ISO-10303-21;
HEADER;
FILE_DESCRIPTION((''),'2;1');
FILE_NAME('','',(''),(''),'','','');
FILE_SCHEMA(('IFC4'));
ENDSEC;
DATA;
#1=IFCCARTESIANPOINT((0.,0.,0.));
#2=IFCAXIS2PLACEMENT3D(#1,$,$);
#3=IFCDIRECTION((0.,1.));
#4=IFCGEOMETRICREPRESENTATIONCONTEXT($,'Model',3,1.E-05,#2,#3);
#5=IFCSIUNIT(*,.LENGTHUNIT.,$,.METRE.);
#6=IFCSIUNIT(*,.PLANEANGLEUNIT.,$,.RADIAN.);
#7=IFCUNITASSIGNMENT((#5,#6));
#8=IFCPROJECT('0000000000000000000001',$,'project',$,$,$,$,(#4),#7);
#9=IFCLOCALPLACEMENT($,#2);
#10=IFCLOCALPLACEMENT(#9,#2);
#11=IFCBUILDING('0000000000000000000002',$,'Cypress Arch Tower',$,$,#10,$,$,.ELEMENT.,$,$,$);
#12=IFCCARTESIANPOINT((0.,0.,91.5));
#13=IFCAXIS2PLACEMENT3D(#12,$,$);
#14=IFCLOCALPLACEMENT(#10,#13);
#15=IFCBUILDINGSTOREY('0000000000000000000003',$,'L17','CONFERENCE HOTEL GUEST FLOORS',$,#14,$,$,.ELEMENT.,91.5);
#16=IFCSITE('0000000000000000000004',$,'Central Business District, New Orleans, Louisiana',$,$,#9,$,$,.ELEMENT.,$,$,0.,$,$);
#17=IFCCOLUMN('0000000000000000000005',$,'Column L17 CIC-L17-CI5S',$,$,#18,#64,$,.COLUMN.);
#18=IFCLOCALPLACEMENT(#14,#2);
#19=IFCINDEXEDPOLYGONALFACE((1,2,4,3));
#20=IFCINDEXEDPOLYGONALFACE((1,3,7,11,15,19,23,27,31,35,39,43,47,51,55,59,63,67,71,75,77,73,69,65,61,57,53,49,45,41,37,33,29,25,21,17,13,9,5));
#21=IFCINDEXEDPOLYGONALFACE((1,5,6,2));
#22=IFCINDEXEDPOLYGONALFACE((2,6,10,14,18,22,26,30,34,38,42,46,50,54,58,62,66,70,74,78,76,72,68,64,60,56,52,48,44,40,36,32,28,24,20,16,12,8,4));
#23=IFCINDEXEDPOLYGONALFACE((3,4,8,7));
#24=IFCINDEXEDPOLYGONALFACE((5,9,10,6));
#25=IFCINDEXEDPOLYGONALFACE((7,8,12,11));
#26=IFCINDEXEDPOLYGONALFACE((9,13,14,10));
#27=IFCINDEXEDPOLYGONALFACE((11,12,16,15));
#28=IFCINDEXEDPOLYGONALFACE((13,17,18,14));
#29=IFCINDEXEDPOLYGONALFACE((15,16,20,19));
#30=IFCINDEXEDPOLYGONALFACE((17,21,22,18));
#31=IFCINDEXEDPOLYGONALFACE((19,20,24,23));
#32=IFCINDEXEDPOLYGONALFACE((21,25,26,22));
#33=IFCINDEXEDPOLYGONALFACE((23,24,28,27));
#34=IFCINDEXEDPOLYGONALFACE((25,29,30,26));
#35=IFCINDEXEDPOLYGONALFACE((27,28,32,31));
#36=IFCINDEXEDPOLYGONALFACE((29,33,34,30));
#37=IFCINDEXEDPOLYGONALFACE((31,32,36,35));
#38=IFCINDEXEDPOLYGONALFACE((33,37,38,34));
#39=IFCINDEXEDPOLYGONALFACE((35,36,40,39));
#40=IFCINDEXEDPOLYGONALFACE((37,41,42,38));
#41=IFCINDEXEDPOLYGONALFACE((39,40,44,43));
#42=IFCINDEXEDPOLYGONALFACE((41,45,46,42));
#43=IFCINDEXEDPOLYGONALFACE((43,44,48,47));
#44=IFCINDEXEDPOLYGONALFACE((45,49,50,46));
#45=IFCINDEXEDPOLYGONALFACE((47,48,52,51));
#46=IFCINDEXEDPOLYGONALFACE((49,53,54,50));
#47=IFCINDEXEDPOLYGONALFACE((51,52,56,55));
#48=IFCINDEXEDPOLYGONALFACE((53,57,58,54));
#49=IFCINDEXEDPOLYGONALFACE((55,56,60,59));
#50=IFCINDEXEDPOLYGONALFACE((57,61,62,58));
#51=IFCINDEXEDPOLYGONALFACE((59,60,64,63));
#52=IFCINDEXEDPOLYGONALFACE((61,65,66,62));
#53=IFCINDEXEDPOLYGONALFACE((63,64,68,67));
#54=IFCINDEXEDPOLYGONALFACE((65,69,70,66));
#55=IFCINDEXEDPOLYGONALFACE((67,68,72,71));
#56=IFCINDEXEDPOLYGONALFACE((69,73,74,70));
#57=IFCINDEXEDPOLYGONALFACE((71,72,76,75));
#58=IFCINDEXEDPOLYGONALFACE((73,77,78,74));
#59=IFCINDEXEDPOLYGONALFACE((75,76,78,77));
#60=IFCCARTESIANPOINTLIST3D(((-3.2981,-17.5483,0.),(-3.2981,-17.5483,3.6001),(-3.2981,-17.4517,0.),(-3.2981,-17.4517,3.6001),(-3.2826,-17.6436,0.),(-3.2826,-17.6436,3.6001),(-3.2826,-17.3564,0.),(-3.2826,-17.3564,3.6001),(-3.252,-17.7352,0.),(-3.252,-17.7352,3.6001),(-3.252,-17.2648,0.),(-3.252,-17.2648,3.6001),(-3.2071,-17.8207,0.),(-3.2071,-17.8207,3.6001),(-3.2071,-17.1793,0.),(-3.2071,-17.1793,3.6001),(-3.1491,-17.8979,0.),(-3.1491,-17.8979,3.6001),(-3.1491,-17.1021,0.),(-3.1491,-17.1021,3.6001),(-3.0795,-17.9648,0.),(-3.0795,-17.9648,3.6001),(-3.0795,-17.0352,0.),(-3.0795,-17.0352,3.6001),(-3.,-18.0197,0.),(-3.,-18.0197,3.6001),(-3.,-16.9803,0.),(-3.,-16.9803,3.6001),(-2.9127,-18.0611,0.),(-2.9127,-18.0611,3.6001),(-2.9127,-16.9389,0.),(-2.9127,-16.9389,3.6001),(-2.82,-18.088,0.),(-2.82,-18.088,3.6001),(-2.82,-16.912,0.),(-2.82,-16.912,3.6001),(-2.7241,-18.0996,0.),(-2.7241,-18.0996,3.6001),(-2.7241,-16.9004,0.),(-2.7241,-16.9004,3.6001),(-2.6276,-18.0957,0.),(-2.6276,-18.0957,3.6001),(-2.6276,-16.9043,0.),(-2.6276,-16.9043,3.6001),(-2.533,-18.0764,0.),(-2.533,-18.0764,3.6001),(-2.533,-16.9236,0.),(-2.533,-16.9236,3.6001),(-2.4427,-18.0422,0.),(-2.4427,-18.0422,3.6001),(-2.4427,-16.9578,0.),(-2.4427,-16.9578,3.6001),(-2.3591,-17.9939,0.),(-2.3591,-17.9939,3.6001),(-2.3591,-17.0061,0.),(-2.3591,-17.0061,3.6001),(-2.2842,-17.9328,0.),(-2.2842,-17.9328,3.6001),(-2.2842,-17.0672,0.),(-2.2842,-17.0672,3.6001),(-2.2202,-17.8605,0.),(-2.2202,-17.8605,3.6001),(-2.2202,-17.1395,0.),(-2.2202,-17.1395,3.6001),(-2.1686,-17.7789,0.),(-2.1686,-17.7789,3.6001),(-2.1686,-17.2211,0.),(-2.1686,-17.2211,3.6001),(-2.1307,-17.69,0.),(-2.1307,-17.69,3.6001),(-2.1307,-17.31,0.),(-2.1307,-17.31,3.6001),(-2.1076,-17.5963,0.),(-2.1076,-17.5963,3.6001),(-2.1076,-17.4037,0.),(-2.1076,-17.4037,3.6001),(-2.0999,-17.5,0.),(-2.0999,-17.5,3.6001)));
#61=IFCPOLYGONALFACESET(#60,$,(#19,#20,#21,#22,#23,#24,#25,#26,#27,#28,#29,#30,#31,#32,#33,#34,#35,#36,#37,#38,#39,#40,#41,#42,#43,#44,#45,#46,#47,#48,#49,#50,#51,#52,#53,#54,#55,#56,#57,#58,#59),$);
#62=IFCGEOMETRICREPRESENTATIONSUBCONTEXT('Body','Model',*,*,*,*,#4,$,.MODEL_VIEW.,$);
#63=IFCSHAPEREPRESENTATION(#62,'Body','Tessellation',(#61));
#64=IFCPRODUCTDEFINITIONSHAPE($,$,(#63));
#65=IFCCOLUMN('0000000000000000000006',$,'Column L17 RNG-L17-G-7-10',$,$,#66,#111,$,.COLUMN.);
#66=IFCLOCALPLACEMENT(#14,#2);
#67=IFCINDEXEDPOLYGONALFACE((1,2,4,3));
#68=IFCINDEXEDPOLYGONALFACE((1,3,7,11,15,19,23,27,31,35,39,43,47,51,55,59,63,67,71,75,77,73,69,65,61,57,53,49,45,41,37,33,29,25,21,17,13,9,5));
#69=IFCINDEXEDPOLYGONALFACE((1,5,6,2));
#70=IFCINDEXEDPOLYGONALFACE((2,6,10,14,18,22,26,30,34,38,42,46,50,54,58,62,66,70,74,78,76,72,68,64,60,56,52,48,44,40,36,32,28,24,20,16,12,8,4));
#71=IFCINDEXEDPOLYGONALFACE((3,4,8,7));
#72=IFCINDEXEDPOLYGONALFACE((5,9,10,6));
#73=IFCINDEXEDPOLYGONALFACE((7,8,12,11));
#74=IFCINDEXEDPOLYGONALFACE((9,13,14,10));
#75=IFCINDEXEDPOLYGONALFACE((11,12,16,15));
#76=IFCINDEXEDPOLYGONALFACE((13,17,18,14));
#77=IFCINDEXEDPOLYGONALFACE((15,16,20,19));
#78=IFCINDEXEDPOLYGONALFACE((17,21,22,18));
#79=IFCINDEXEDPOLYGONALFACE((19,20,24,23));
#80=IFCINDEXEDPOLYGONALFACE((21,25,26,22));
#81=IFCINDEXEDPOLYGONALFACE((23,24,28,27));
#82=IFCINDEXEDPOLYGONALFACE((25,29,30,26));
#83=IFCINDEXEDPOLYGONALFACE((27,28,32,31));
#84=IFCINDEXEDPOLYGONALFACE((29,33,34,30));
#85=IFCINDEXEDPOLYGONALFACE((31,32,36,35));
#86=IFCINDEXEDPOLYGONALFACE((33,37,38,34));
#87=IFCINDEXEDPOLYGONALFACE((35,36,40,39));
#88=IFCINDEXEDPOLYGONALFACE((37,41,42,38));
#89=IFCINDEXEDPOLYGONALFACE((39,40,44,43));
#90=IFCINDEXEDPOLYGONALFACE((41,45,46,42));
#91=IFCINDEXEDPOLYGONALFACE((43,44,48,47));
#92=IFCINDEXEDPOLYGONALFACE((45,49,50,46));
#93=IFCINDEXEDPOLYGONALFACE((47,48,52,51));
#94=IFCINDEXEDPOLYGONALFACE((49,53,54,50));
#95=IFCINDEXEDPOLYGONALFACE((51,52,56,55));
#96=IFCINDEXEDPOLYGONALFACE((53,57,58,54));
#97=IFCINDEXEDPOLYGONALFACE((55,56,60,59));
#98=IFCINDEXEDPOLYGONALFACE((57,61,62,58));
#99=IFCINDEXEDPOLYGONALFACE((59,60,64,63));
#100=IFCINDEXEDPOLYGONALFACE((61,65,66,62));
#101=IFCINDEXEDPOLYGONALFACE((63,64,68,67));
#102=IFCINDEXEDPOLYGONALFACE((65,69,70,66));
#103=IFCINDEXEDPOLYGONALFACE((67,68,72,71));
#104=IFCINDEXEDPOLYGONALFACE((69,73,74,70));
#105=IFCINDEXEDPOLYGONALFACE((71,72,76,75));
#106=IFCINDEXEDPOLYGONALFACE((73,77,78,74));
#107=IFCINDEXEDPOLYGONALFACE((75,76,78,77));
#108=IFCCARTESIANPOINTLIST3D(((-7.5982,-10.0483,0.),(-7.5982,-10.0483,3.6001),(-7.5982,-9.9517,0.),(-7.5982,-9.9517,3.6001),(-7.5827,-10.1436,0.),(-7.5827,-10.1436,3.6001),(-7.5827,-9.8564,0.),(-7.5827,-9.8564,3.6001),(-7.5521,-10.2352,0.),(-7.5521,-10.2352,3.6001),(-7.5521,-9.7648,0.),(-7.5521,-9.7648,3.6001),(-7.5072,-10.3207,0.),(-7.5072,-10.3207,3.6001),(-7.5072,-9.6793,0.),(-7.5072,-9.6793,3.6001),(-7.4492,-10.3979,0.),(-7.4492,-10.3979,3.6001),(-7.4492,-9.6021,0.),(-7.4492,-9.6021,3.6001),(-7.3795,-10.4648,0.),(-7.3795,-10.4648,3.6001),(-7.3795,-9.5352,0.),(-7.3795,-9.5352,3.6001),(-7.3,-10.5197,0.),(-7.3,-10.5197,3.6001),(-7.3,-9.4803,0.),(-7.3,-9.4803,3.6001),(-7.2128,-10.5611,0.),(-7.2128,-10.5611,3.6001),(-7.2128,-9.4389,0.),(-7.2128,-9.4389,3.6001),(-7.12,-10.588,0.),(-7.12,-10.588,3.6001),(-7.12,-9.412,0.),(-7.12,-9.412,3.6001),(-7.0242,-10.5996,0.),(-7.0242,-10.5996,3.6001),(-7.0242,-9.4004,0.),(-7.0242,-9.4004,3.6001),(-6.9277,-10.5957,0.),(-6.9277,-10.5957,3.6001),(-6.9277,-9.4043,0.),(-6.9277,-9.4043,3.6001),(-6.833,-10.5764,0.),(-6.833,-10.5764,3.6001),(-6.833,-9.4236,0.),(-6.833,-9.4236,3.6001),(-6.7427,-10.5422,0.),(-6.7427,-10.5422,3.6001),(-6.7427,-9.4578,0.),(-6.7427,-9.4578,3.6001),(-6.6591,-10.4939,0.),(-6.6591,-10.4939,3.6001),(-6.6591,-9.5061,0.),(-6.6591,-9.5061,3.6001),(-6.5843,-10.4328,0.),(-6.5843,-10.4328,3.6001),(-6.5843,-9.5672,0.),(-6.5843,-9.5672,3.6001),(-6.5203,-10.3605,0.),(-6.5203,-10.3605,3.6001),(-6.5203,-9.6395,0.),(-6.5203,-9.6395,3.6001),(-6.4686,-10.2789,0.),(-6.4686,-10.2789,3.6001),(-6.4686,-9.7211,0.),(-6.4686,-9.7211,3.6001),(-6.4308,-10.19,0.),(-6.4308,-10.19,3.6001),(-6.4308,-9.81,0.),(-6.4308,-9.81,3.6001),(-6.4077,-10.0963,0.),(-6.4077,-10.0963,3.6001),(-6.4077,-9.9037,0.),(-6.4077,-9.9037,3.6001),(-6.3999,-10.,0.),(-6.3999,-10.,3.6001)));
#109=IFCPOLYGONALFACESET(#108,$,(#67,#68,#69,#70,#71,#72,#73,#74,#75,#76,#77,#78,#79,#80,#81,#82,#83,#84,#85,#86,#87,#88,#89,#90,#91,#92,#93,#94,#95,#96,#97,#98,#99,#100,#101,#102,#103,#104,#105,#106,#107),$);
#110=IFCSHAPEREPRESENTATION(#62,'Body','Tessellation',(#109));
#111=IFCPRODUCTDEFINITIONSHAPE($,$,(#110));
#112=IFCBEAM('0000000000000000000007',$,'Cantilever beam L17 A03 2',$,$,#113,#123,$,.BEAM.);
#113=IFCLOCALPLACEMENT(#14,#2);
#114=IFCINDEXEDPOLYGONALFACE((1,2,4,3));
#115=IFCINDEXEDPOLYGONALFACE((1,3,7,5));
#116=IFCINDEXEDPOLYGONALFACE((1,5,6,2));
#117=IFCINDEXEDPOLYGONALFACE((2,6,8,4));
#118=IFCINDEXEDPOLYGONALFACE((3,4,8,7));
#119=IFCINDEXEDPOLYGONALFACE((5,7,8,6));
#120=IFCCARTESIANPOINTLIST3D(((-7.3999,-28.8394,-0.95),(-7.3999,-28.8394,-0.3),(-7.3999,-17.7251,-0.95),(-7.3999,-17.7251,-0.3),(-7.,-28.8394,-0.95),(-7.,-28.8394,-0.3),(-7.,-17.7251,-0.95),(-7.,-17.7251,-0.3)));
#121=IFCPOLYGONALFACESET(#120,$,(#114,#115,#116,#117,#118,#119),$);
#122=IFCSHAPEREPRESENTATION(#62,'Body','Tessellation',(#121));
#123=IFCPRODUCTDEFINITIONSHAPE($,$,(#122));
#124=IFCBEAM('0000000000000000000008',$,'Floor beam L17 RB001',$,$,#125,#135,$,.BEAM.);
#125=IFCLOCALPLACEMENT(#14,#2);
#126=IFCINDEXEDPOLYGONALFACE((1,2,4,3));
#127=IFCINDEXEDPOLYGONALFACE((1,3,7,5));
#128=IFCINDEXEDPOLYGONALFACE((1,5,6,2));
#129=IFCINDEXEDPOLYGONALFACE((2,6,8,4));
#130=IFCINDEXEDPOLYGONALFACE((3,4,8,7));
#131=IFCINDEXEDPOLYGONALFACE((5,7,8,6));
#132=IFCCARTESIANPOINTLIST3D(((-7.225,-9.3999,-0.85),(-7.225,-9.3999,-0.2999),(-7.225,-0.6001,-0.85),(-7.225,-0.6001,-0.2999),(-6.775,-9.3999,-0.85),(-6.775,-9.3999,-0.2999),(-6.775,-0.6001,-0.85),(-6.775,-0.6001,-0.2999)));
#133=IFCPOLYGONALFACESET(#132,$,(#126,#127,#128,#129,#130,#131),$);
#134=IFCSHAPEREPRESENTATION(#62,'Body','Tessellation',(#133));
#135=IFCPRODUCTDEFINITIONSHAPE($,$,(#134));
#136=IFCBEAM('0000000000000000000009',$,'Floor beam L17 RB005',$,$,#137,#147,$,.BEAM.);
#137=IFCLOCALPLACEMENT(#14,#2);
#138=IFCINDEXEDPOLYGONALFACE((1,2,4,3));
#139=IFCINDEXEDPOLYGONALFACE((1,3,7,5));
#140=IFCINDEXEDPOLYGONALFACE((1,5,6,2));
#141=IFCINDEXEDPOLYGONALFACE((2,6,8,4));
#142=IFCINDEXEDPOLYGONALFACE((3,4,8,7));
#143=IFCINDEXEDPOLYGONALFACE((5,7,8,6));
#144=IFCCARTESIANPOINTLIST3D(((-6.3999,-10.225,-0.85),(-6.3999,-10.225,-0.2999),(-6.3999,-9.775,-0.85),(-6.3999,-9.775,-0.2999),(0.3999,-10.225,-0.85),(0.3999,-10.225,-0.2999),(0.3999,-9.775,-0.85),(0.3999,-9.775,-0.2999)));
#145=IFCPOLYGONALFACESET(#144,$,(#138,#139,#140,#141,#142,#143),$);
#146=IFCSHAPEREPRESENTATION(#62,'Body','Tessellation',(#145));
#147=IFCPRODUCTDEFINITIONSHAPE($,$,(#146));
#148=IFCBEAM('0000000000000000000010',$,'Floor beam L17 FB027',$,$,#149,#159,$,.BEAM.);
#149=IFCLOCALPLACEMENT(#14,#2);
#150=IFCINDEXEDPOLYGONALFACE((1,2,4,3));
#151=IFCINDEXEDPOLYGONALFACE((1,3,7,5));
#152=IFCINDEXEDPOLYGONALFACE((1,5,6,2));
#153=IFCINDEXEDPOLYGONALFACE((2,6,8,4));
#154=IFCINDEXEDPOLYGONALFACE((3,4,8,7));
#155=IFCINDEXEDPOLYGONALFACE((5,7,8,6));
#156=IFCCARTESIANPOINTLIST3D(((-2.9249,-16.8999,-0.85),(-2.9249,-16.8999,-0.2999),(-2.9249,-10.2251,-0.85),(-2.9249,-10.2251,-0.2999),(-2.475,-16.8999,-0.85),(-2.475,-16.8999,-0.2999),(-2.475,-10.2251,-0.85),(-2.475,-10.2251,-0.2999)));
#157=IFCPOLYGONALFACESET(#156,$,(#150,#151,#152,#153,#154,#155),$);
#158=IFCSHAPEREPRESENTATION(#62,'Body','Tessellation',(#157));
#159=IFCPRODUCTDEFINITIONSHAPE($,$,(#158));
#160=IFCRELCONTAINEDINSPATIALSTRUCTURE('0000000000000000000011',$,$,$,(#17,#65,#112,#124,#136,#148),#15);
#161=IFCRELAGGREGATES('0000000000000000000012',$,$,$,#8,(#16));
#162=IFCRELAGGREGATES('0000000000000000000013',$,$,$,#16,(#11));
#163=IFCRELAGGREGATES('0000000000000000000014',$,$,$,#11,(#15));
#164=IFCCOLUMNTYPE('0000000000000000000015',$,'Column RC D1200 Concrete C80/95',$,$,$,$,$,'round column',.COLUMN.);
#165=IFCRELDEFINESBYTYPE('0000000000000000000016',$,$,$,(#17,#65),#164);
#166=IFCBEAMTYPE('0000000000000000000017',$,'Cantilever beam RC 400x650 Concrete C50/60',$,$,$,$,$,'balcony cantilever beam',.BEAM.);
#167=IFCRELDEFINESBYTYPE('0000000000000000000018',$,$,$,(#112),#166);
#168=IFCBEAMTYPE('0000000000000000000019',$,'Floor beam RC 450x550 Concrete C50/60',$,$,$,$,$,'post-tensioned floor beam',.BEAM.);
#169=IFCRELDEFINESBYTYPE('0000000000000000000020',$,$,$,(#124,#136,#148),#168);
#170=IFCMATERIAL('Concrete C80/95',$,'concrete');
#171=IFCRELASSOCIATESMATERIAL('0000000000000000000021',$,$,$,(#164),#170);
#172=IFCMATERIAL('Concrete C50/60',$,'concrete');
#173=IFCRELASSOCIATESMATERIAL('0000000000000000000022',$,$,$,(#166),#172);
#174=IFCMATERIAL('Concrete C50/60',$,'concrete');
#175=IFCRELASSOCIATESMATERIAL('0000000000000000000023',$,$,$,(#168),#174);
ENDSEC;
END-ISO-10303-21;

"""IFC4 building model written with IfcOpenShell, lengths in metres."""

from ifc_helpers import new_model, si_unit, direction, frame, origin, origin_2d, place, context, subcontext, project, spatial, rectangle, circle, extrude, material, material_profile, profile_set, type_object, element, save


model = new_model("IFC4")

# Units and contexts
model_context = context("Model", 3, precision=1e-05, world=origin(), true_north=direction((0.0, 1.0)))
body_context = subcontext(model_context, "Body", "Model", "MODEL_VIEW")
ifc_project = project(units=[si_unit("LENGTHUNIT", "METRE"), si_unit("PLANEANGLEUNIT", "RADIAN")], contexts=[model_context])

# Site, building, storey
site_placement = place(None, origin())
site = spatial("IfcSite", under=ifc_project, at=site_placement, Name="Central Business District, New Orleans, Louisiana", CompositionType="ELEMENT", RefElevation=0.0)
building_placement = place(site_placement, origin())
building = spatial("IfcBuilding", under=site, at=building_placement, Name="Cypress Arch Tower", CompositionType="ELEMENT")
storey_placement = place(building_placement, frame((0.0, 0.0, 91.5)))
storey = spatial("IfcBuildingStorey", under=building, at=storey_placement, Name="L17", Description="CONFERENCE HOTEL GUEST FLOORS", CompositionType="ELEMENT", Elevation=91.5)

# Columns
ifc_material_1 = material(Name="Concrete C80/95", Category="concrete")
ifc_material_profile_1 = material_profile(ifc_material_1, circle(Radius=0.6001, at=origin_2d()), Name="RC D1200")
ifc_profile_set_1 = profile_set([ifc_material_profile_1], Name="Concrete C80/95")
column_type = type_object("IfcColumnType", Name="Column RC D1200 Concrete C80/95", ElementType="round column", PredefinedType="COLUMN", material=ifc_profile_set_1)
for number, where, z_axis, x_axis, name in (
    (1, (-2.7, -17.5, 0.0), (0.0, 0.0, 1.0), (1.0, 0.0, 0.0), "Column L17 CIC-L17-CI5S"),
    (2, (-7.0, -10.0, 0.0), (0.0, 0.0, 1.0), (1.0, 0.0, 0.0), "Column L17 RNG-L17-G-7-10"),
):
    element("IfcColumn", number, at=place(storey_placement, frame(where, z_axis=z_axis, x_axis=x_axis)), inside=storey, type_object=column_type, Name=name, PredefinedType="COLUMN", context=body_context, shape_type="SweptSolid", body=[
        extrude(circle(Radius=0.6001, at=origin_2d()), origin(), (0.0, 0.0, 1.0), 3.6001),
    ])

# Beams
ifc_material_2 = material(Name="Concrete C50/60", Category="concrete")
ifc_material_profile_2 = material_profile(ifc_material_2, rectangle(XDim=0.3999, YDim=0.6499, at=origin_2d()), Name="RC 400x650")
ifc_profile_set_2 = profile_set([ifc_material_profile_2], Name="Concrete C50/60")
beam_type_1 = type_object("IfcBeamType", Name="Cantilever beam RC 400x650 Concrete C50/60", ElementType="balcony cantilever beam", PredefinedType="BEAM", material=ifc_profile_set_2)
beam_1_placement = place(storey_placement, frame((-7.2, -17.7251, -0.625), z_axis=(0.0, -1.0, 0.0), x_axis=(1.0, 0.0, 0.0)))
element("IfcBeam", 3, at=beam_1_placement, inside=storey, type_object=beam_type_1, Name="Cantilever beam L17 A03 2", PredefinedType="BEAM", context=body_context, shape_type="SweptSolid", body=[
    extrude(rectangle(XDim=0.3999, YDim=0.6499, at=origin_2d()), origin(), (0.0, 0.0, 1.0), 11.1143),
])
ifc_material_3 = material(Name="Concrete C50/60", Category="concrete")
ifc_material_profile_3 = material_profile(ifc_material_3, rectangle(XDim=0.45, YDim=0.55, at=origin_2d()), Name="RC 450x550")
ifc_profile_set_3 = profile_set([ifc_material_profile_3], Name="Concrete C50/60")
beam_type_2 = type_object("IfcBeamType", Name="Floor beam RC 450x550 Concrete C50/60", ElementType="post-tensioned floor beam", PredefinedType="BEAM", material=ifc_profile_set_3)
beam_2_placement = place(storey_placement, frame((-7.0, -9.3999, -0.575), z_axis=(0.0, 1.0, 0.0), x_axis=(-1.0, 0.0, 0.0)))
element("IfcBeam", 4, at=beam_2_placement, inside=storey, type_object=beam_type_2, Name="Floor beam L17 RB001", PredefinedType="BEAM", context=body_context, shape_type="SweptSolid", body=[
    extrude(rectangle(XDim=0.45, YDim=0.55, at=origin_2d()), origin(), (0.0, 0.0, 1.0), 8.7998),
])
beam_3_placement = place(storey_placement, frame((-6.3999, -10.0, -0.575), z_axis=(1.0, 0.0, 0.0), x_axis=(0.0, 1.0, 0.0)))
element("IfcBeam", 5, at=beam_3_placement, inside=storey, type_object=beam_type_2, Name="Floor beam L17 RB005", PredefinedType="BEAM", context=body_context, shape_type="SweptSolid", body=[
    extrude(rectangle(XDim=0.45, YDim=0.55, at=origin_2d()), origin(), (0.0, 0.0, 1.0), 6.7998),
])
beam_4_placement = place(storey_placement, frame((-2.7, -16.8999, -0.575), z_axis=(0.0, 1.0, 0.0), x_axis=(-1.0, 0.0, 0.0)))
element("IfcBeam", 6, at=beam_4_placement, inside=storey, type_object=beam_type_2, Name="Floor beam L17 FB027", PredefinedType="BEAM", context=body_context, shape_type="SweptSolid", body=[
    extrude(rectangle(XDim=0.45, YDim=0.55, at=origin_2d()), origin(), (0.0, 0.0, 1.0), 6.6748),
])

save(model, "model.ifc")
